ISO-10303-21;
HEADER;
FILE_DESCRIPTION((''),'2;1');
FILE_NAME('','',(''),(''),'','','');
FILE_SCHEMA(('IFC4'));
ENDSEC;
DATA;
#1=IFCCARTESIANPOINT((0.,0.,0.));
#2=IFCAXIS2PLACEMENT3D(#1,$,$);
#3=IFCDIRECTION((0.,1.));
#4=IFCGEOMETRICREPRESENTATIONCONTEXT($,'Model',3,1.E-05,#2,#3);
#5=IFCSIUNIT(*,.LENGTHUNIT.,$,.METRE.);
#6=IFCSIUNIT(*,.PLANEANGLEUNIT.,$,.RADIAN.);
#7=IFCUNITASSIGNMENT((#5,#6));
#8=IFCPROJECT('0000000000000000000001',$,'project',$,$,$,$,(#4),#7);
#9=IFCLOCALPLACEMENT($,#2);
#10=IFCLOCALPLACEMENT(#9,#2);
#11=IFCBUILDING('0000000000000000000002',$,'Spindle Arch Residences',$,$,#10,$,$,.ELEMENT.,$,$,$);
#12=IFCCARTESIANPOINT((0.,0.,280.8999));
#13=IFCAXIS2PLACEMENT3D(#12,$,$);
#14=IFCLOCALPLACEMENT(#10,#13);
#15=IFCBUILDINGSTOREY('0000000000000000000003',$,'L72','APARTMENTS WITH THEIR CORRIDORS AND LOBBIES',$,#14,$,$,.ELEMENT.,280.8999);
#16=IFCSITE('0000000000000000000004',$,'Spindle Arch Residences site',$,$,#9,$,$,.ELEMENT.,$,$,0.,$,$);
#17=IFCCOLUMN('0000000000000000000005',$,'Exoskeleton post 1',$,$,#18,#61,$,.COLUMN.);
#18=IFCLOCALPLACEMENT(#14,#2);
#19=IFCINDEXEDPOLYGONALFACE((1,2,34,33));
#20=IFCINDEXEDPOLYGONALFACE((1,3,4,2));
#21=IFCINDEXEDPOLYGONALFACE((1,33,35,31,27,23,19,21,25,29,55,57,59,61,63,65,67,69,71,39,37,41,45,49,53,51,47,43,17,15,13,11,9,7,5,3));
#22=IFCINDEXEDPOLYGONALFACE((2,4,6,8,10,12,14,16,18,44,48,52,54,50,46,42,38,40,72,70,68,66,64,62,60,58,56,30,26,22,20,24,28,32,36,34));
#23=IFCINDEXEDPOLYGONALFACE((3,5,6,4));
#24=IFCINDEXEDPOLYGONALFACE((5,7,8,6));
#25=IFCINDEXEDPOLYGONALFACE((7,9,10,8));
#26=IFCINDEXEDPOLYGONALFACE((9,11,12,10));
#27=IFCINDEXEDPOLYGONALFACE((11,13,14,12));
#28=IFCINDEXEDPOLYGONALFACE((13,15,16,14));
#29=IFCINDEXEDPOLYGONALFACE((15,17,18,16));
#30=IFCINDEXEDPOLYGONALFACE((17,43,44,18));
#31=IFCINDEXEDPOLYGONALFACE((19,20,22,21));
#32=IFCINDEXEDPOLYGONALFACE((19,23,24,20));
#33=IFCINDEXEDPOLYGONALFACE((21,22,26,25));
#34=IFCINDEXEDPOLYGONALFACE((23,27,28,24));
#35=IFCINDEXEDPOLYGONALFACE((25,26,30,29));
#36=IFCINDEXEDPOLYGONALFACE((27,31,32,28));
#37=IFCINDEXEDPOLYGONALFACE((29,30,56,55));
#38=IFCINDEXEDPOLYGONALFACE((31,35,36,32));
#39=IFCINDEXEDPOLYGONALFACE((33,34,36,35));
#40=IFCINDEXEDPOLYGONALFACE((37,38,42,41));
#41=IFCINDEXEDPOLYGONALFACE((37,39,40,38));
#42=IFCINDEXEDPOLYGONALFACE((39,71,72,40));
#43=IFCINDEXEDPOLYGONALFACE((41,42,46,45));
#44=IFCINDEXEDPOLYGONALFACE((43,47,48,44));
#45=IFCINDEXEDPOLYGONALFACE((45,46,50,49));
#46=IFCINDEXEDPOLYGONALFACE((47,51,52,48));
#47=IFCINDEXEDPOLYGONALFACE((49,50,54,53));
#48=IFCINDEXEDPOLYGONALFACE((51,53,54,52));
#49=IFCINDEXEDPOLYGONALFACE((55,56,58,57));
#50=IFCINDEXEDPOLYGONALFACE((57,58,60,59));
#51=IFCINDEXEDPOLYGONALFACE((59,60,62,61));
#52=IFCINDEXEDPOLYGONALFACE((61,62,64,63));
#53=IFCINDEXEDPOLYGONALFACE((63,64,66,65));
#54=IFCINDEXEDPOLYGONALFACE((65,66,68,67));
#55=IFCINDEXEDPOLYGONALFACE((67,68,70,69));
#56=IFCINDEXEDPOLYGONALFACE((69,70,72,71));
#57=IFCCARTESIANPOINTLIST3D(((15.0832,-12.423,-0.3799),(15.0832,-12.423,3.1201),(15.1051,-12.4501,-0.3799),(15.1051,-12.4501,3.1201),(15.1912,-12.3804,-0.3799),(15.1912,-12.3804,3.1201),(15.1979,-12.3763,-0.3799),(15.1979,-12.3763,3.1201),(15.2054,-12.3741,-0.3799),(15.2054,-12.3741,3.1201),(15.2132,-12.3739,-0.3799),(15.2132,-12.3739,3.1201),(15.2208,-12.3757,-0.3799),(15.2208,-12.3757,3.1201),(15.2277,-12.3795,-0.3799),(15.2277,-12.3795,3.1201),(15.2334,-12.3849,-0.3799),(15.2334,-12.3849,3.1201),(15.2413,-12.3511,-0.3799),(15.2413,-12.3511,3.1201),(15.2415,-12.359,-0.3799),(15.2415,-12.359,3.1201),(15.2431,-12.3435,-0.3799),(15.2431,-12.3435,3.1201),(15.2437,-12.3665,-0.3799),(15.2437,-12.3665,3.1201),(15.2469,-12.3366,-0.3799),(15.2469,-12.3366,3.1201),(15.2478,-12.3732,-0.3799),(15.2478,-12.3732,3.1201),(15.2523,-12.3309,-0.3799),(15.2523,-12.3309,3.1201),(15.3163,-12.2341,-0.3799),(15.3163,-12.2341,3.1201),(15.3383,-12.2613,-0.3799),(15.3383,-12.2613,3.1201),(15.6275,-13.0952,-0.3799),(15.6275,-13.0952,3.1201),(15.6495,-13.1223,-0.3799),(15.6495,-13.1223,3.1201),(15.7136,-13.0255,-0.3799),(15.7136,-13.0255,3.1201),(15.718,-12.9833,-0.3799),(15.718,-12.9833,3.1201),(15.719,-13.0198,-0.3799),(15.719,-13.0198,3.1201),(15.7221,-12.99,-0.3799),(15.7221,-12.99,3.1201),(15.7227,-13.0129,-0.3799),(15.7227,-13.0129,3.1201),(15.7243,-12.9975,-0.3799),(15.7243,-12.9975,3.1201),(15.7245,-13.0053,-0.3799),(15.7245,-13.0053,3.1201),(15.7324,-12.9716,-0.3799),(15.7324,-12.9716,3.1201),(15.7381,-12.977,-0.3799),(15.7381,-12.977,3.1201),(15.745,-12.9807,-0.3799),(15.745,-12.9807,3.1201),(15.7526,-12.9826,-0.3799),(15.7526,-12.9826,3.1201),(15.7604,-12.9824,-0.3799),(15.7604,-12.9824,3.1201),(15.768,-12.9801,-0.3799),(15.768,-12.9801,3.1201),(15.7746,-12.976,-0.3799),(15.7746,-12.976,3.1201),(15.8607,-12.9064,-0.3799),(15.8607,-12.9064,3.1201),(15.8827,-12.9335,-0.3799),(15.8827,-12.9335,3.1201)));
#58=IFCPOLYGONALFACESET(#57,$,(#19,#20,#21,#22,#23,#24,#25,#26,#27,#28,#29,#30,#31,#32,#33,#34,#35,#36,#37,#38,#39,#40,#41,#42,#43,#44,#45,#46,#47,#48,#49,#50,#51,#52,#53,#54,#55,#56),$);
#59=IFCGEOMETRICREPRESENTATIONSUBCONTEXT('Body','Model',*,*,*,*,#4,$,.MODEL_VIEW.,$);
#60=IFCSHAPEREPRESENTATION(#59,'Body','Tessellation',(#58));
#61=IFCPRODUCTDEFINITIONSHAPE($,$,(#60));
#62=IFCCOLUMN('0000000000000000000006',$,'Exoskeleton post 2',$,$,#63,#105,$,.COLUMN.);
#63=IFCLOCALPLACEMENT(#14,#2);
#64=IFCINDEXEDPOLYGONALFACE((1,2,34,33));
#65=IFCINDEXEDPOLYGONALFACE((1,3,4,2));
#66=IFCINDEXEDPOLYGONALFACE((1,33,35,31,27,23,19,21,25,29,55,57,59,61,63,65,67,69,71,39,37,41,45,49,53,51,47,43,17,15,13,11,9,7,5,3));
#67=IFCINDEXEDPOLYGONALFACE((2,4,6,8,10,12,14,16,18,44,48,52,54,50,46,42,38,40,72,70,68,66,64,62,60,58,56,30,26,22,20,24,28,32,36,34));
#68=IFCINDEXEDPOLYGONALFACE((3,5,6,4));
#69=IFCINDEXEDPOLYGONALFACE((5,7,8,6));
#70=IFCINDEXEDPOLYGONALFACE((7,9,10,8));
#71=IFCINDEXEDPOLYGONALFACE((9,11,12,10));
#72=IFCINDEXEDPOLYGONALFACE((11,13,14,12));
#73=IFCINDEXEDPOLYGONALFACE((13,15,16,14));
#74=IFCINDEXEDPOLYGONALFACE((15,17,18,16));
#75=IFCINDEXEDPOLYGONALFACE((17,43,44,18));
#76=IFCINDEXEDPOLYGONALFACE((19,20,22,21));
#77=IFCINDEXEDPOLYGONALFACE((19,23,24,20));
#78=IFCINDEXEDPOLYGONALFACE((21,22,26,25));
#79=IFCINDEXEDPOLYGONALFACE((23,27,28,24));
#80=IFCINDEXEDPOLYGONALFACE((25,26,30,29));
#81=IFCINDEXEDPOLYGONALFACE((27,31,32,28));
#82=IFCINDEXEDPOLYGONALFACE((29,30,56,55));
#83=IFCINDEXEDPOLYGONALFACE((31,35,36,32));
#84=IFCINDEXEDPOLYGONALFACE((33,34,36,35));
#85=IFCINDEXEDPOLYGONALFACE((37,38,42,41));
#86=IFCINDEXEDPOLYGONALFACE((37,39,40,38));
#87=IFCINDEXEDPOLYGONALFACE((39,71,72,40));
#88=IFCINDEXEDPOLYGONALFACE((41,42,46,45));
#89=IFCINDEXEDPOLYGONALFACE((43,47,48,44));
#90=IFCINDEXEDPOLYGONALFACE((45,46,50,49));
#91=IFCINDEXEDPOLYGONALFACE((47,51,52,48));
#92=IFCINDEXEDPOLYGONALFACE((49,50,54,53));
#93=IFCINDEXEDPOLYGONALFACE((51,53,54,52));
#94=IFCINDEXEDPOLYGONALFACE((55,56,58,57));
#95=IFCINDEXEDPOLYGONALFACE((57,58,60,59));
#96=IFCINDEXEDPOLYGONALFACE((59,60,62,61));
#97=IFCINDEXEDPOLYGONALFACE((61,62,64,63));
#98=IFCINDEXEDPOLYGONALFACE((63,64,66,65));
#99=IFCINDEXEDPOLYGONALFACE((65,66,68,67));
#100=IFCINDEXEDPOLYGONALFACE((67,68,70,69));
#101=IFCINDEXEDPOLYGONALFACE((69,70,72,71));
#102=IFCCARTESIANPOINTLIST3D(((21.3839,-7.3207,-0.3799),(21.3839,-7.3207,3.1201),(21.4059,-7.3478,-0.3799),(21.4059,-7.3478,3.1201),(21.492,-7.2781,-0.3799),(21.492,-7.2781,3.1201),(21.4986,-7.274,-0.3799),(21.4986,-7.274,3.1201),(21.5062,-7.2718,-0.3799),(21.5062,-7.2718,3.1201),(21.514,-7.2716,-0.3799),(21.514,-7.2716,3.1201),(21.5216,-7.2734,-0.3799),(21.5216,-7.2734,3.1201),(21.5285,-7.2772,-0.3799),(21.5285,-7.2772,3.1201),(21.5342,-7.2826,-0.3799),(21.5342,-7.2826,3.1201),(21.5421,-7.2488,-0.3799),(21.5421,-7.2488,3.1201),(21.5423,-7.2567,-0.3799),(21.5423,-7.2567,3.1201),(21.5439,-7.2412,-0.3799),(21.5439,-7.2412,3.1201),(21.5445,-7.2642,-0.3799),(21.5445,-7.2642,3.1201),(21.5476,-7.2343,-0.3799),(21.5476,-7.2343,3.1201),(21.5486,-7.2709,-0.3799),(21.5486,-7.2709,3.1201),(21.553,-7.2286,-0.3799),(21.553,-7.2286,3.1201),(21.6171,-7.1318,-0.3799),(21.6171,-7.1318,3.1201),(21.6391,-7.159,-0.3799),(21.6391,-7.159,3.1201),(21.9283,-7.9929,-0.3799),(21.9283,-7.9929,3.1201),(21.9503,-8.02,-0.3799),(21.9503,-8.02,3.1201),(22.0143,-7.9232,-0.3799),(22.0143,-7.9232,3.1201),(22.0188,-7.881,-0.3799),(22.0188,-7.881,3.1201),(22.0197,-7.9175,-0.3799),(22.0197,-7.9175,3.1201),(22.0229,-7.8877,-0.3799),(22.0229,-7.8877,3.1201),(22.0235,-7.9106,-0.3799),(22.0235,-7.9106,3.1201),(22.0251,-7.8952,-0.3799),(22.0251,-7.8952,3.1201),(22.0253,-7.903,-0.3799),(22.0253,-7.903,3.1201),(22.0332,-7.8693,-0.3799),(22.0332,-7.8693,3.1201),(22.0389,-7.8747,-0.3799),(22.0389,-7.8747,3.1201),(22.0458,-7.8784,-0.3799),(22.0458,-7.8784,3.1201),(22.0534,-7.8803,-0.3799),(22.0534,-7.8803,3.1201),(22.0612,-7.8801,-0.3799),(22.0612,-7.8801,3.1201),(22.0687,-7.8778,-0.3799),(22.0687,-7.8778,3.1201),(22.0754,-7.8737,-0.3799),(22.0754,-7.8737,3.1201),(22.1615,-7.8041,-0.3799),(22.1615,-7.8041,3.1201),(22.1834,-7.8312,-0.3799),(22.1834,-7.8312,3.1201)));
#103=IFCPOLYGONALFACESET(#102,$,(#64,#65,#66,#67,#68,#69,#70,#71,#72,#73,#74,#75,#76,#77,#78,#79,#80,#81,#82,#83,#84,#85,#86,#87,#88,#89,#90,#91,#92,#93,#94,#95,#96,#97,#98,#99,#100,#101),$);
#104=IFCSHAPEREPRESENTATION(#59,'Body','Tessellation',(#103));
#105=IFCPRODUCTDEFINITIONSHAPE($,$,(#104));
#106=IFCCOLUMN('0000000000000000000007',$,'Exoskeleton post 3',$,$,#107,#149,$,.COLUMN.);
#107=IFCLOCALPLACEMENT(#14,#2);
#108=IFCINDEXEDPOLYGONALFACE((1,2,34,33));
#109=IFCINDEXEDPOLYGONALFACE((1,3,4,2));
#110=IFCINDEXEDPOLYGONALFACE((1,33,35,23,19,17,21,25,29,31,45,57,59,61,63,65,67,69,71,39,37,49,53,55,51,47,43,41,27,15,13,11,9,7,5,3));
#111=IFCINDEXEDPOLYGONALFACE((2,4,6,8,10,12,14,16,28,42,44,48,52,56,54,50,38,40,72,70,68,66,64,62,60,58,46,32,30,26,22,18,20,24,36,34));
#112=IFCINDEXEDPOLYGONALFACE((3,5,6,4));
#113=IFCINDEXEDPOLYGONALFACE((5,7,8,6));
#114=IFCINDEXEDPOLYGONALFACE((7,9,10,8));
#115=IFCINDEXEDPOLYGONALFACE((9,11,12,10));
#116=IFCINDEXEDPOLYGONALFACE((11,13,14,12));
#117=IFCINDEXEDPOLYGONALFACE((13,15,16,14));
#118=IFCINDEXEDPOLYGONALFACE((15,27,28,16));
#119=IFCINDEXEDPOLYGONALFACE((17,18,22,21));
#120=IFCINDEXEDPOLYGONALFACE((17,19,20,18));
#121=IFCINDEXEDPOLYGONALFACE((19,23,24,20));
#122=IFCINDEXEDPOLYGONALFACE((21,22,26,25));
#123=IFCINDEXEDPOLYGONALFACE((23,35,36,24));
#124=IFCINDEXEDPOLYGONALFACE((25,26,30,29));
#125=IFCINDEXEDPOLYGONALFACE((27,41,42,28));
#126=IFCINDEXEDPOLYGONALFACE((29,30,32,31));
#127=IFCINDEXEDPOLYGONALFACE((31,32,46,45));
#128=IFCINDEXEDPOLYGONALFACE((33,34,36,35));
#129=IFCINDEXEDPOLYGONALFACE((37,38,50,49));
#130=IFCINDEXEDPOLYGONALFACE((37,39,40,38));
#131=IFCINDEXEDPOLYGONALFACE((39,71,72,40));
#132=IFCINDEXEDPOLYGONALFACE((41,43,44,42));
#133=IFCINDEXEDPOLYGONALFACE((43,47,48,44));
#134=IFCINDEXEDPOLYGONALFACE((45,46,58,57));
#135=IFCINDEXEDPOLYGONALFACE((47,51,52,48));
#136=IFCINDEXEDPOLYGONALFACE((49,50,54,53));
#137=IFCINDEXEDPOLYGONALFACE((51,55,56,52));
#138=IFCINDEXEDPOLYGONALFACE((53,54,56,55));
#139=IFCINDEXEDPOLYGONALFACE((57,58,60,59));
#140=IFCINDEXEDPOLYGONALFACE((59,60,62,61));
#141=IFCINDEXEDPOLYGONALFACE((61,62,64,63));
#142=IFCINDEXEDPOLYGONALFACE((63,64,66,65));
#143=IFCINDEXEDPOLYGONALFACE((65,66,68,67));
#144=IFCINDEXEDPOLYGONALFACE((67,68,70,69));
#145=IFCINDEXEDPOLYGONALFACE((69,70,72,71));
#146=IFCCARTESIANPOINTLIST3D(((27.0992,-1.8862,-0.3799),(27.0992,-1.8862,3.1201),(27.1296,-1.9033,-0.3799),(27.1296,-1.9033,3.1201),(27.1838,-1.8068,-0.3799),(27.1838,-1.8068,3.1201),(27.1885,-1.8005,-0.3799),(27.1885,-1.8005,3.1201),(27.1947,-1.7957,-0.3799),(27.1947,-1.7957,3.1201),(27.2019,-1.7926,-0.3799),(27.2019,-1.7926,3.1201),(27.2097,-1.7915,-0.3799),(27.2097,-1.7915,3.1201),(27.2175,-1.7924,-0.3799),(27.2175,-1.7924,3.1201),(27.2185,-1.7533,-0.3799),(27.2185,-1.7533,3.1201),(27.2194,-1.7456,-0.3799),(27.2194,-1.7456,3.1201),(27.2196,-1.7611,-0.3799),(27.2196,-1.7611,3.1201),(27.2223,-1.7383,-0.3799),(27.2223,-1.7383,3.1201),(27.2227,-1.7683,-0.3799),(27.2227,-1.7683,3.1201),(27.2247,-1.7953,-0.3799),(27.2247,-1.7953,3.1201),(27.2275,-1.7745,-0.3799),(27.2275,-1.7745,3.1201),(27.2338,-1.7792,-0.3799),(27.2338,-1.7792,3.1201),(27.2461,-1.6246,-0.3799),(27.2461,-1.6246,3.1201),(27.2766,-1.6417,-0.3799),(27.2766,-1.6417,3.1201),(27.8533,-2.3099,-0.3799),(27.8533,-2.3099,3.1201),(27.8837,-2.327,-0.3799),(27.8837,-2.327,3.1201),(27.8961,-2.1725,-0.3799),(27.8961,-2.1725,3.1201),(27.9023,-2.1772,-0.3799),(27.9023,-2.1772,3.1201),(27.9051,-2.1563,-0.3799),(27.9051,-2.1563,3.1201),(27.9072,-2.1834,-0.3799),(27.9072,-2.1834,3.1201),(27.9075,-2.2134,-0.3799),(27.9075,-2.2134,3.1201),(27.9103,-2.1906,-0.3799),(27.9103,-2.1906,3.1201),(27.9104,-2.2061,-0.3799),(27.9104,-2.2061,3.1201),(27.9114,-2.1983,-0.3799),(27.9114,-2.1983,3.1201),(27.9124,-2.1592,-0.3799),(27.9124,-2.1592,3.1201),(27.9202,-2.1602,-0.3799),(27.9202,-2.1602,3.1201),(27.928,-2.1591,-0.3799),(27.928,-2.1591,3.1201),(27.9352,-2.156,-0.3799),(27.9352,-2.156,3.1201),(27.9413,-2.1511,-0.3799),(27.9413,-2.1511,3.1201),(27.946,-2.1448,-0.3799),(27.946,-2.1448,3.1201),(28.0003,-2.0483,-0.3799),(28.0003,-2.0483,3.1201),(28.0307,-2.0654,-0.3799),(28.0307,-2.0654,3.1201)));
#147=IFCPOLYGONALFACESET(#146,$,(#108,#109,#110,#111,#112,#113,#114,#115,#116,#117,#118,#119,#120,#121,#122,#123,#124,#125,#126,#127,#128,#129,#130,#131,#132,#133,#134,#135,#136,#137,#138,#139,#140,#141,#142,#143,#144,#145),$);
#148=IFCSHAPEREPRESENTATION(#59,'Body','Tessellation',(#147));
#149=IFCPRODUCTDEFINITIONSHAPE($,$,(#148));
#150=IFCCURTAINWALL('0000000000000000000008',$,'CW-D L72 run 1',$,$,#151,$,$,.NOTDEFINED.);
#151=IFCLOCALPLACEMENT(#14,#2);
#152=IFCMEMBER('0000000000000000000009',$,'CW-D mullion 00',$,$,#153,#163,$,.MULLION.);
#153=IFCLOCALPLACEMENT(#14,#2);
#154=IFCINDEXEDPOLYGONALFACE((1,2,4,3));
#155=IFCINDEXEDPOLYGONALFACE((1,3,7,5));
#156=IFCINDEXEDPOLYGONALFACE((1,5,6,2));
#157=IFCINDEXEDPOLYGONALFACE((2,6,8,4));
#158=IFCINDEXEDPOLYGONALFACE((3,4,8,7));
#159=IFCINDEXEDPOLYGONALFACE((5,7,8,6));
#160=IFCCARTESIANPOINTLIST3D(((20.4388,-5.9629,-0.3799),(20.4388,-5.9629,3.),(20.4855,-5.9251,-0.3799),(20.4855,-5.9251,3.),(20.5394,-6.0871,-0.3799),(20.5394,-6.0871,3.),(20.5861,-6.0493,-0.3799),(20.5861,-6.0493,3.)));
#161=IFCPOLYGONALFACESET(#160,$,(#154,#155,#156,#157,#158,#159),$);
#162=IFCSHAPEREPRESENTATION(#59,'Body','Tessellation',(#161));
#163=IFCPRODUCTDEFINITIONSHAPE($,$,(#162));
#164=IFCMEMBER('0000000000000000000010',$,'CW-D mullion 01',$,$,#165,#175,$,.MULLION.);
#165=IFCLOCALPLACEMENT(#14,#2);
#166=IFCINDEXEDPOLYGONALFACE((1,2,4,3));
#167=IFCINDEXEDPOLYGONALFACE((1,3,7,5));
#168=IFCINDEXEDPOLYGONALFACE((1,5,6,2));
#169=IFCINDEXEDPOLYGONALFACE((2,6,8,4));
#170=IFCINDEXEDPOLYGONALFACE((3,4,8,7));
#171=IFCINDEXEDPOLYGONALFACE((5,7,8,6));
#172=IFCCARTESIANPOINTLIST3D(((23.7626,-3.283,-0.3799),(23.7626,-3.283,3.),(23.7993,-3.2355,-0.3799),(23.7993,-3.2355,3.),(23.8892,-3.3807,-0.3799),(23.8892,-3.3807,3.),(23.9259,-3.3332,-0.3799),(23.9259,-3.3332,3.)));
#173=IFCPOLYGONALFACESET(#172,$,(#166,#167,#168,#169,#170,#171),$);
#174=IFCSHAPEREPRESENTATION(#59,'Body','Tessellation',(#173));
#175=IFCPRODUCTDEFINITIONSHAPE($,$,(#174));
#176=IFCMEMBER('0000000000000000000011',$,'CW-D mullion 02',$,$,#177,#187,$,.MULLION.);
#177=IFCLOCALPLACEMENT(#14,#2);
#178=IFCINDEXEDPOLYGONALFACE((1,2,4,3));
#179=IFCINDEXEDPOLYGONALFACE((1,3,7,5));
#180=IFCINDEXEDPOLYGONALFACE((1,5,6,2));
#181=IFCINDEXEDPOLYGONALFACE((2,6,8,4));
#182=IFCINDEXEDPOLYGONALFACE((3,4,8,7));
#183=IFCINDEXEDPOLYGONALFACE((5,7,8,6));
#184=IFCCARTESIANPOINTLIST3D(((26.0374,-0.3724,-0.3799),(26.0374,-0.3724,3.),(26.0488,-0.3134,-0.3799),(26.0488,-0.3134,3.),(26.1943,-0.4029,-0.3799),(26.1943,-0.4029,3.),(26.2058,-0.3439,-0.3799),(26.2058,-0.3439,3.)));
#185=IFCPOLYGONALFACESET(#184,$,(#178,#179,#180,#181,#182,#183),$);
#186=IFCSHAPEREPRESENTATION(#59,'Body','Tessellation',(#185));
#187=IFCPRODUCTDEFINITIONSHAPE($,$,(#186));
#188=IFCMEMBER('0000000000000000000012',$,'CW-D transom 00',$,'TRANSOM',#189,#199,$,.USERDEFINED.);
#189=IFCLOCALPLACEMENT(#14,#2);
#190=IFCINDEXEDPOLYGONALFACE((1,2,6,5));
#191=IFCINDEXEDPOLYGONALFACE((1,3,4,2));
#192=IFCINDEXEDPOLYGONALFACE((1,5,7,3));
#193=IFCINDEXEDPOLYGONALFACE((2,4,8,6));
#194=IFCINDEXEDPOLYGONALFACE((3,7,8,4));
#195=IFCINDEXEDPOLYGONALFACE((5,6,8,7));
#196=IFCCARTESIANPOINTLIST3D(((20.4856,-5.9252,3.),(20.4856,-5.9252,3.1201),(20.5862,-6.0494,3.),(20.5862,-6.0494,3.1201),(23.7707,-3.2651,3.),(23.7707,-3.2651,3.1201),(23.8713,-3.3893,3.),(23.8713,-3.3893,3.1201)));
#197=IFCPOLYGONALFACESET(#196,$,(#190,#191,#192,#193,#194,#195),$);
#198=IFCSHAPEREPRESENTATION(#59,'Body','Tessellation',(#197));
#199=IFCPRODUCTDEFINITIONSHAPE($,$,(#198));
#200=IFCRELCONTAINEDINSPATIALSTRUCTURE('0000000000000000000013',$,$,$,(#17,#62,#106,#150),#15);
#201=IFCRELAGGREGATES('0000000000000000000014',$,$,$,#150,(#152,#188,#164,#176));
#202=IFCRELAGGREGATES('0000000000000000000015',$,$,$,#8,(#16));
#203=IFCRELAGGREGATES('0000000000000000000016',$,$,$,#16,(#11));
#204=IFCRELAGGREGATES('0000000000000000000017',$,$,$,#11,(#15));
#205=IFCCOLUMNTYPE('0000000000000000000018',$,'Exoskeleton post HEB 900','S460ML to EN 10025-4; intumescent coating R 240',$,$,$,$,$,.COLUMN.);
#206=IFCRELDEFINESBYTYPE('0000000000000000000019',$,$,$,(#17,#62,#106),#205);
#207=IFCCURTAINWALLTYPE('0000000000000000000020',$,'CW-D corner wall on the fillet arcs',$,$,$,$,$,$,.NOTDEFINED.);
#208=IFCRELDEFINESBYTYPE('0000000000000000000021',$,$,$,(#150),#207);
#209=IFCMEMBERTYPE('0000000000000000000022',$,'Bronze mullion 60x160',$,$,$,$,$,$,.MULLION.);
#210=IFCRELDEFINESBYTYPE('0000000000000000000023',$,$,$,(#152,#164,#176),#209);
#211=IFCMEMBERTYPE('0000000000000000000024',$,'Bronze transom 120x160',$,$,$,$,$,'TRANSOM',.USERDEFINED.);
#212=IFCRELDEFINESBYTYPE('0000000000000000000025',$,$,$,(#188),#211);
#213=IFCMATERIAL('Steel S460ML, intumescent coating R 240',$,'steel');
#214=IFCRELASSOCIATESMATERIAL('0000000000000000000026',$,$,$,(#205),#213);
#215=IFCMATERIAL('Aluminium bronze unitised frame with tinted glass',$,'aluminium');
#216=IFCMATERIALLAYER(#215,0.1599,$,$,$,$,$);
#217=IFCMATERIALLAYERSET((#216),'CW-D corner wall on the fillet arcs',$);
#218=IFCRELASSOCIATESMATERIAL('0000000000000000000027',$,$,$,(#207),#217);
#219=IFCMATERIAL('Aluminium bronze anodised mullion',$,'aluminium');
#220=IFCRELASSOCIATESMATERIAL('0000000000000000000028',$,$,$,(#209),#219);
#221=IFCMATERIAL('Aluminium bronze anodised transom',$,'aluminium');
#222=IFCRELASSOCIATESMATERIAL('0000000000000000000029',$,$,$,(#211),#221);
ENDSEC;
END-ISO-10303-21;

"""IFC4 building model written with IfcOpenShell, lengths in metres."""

from ifc_helpers import new_model, si_unit, direction, frame, origin, origin_2d, place, context, subcontext, project, spatial, rectangle, i_section, extrude, material, layer, layer_set, material_profile, profile_set, type_object, element, aggregate, save


model = new_model("IFC4")

# Units and contexts
model_context = context("Model", 3, precision=1e-05, world=origin(), true_north=direction((0.0, 1.0)))
body_context = subcontext(model_context, "Body", "Model", "MODEL_VIEW")
ifc_project = project(units=[si_unit("LENGTHUNIT", "METRE"), si_unit("PLANEANGLEUNIT", "RADIAN")], contexts=[model_context])

# Site, building, storey
site_placement = place(None, origin())
site = spatial("IfcSite", under=ifc_project, at=site_placement, Name="Spindle Arch Residences site", CompositionType="ELEMENT", RefElevation=0.0)
building_placement = place(site_placement, origin())
building = spatial("IfcBuilding", under=site, at=building_placement, Name="Spindle Arch Residences", CompositionType="ELEMENT")
storey_placement = place(building_placement, frame((0.0, 0.0, 280.8999)))
storey = spatial("IfcBuildingStorey", under=building, at=storey_placement, Name="L72", Description="APARTMENTS WITH THEIR CORRIDORS AND LOBBIES", CompositionType="ELEMENT", Elevation=280.8999)

# Columns
ifc_material_1 = material(Name="Steel S460ML, intumescent coating R 240", Category="steel")
ifc_material_profile_1 = material_profile(ifc_material_1, i_section(OverallWidth=0.3, OverallDepth=0.8999, WebThickness=0.0186, FlangeThickness=0.0349, FilletRadius=0.03, at=origin_2d()), Name="HEB 900")
ifc_profile_set_1 = profile_set([ifc_material_profile_1], Name="Steel S460ML, intumescent coating R 240")
column_type = type_object("IfcColumnType", Name="Exoskeleton post HEB 900", Description="S460ML to EN 10025-4; intumescent coating R 240", PredefinedType="COLUMN", material=ifc_profile_set_1)
for number, where, z_axis, x_axis, name in (
    (1, (15.4829, -12.6782, -0.3799), (0.0, 0.0, 1.0), (-0.777146, -0.62932, 0.0), "Exoskeleton post 1"),
    (2, (21.7837, -7.5759, -0.3799), (0.0, 0.0, 1.0), (-0.777146, -0.62932, 0.0), "Exoskeleton post 2"),
    (3, (27.5649, -1.9758, -0.3799), (0.0, 0.0, 1.0), (-0.489802, -0.871834, 0.0), "Exoskeleton post 3"),
):
    element("IfcColumn", number, at=place(storey_placement, frame(where, z_axis=z_axis, x_axis=x_axis)), inside=storey, type_object=column_type, Name=name, PredefinedType="COLUMN", context=body_context, shape_type="SweptSolid", body=[
        extrude(i_section(OverallWidth=0.3, OverallDepth=0.8999, WebThickness=0.0186, FlangeThickness=0.0349, FilletRadius=0.03, at=origin_2d()), origin(), (0.0, 0.0, 1.0), 3.5),
    ])

# Curtain wall, members
ifc_material_2 = material(Name="Aluminium bronze unitised frame with tinted glass", Category="aluminium")
ifc_layer_1 = layer(ifc_material_2, 0.1599)
ifc_layer_set_1 = layer_set([ifc_layer_1], Name="CW-D corner wall on the fillet arcs")
curtain_wall_type_1 = type_object("IfcCurtainWallType", Name="CW-D corner wall on the fillet arcs", PredefinedType="NOTDEFINED", material=ifc_layer_set_1)
curtain_wall_1_placement = place(storey_placement, origin())
curtain_wall_1 = element("IfcCurtainWall", 4, at=curtain_wall_1_placement, inside=storey, type_object=curtain_wall_type_1, Name="CW-D L72 run 1", PredefinedType="NOTDEFINED")
ifc_material_3 = material(Name="Aluminium bronze anodised mullion", Category="aluminium")
ifc_material_profile_2 = material_profile(ifc_material_3, rectangle(XDim=0.1599, YDim=0.0601, at=origin_2d()), Name="MU 60x160")
ifc_profile_set_2 = profile_set([ifc_material_profile_2], Name="Aluminium bronze anodised mullion")
member_type_1 = type_object("IfcMemberType", Name="Bronze mullion 60x160", PredefinedType="MULLION", material=ifc_profile_set_2)
member_1_placement = place(storey_placement, frame((20.5125, -6.0061, -0.3799), z_axis=(0.0, 0.0, 1.0), x_axis=(-0.62932, 0.777146, 0.0)))
member_1 = element("IfcMember", 5, at=member_1_placement, type_object=member_type_1, Name="CW-D mullion 00", PredefinedType="MULLION", context=body_context, shape_type="SweptSolid", body=[
    extrude(rectangle(XDim=0.1599, YDim=0.0601, at=origin_2d()), origin(), (0.0, 0.0, 1.0), 3.3799),
])
member_2_placement = place(storey_placement, frame((23.8442, -3.3081, -0.3799), z_axis=(0.0, 0.0, 1.0), x_axis=(-0.791579, 0.611067, 0.0)))
member_2 = element("IfcMember", 6, at=member_2_placement, type_object=member_type_1, Name="CW-D mullion 01", PredefinedType="MULLION", context=body_context, shape_type="SweptSolid", body=[
    extrude(rectangle(XDim=0.1599, YDim=0.0601, at=origin_2d()), origin(), (0.0, 0.0, 1.0), 3.3799),
])
member_3_placement = place(storey_placement, frame((26.1216, -0.3582, -0.3799), z_axis=(0.0, 0.0, 1.0), x_axis=(-0.981627, 0.190809, 0.0)))
member_3 = element("IfcMember", 7, at=member_3_placement, type_object=member_type_1, Name="CW-D mullion 02", PredefinedType="MULLION", context=body_context, shape_type="SweptSolid", body=[
    extrude(rectangle(XDim=0.1599, YDim=0.0601, at=origin_2d()), origin(), (0.0, 0.0, 1.0), 3.3799),
])
ifc_material_4 = material(Name="Aluminium bronze anodised transom", Category="aluminium")
ifc_material_profile_3 = material_profile(ifc_material_4, rectangle(XDim=0.1599, YDim=0.1201, at=origin_2d()), Name="TR 120x160")
ifc_profile_set_3 = profile_set([ifc_material_profile_3], Name="Aluminium bronze anodised transom")
member_type_2 = type_object("IfcMemberType", Name="Bronze transom 120x160", ElementType="TRANSOM", PredefinedType="USERDEFINED", material=ifc_profile_set_3)
member_4_placement = place(storey_placement, frame((20.5359, -5.9873, 3.0601), z_axis=(0.777159, 0.629305, 0.0), x_axis=(-0.629305, 0.777159, 0.0)))
member_4 = element("IfcMember", 8, at=member_4_placement, type_object=member_type_2, Name="CW-D transom 00", ObjectType="TRANSOM", PredefinedType="USERDEFINED", context=body_context, shape_type="SweptSolid", body=[
    extrude(rectangle(XDim=0.1599, YDim=0.1201, at=origin_2d()), origin(), (0.0, 0.0, 1.0), 4.2271),
])

aggregate(curtain_wall_1, [member_1, member_4, member_2, member_3])

save(model, "model.ifc")
